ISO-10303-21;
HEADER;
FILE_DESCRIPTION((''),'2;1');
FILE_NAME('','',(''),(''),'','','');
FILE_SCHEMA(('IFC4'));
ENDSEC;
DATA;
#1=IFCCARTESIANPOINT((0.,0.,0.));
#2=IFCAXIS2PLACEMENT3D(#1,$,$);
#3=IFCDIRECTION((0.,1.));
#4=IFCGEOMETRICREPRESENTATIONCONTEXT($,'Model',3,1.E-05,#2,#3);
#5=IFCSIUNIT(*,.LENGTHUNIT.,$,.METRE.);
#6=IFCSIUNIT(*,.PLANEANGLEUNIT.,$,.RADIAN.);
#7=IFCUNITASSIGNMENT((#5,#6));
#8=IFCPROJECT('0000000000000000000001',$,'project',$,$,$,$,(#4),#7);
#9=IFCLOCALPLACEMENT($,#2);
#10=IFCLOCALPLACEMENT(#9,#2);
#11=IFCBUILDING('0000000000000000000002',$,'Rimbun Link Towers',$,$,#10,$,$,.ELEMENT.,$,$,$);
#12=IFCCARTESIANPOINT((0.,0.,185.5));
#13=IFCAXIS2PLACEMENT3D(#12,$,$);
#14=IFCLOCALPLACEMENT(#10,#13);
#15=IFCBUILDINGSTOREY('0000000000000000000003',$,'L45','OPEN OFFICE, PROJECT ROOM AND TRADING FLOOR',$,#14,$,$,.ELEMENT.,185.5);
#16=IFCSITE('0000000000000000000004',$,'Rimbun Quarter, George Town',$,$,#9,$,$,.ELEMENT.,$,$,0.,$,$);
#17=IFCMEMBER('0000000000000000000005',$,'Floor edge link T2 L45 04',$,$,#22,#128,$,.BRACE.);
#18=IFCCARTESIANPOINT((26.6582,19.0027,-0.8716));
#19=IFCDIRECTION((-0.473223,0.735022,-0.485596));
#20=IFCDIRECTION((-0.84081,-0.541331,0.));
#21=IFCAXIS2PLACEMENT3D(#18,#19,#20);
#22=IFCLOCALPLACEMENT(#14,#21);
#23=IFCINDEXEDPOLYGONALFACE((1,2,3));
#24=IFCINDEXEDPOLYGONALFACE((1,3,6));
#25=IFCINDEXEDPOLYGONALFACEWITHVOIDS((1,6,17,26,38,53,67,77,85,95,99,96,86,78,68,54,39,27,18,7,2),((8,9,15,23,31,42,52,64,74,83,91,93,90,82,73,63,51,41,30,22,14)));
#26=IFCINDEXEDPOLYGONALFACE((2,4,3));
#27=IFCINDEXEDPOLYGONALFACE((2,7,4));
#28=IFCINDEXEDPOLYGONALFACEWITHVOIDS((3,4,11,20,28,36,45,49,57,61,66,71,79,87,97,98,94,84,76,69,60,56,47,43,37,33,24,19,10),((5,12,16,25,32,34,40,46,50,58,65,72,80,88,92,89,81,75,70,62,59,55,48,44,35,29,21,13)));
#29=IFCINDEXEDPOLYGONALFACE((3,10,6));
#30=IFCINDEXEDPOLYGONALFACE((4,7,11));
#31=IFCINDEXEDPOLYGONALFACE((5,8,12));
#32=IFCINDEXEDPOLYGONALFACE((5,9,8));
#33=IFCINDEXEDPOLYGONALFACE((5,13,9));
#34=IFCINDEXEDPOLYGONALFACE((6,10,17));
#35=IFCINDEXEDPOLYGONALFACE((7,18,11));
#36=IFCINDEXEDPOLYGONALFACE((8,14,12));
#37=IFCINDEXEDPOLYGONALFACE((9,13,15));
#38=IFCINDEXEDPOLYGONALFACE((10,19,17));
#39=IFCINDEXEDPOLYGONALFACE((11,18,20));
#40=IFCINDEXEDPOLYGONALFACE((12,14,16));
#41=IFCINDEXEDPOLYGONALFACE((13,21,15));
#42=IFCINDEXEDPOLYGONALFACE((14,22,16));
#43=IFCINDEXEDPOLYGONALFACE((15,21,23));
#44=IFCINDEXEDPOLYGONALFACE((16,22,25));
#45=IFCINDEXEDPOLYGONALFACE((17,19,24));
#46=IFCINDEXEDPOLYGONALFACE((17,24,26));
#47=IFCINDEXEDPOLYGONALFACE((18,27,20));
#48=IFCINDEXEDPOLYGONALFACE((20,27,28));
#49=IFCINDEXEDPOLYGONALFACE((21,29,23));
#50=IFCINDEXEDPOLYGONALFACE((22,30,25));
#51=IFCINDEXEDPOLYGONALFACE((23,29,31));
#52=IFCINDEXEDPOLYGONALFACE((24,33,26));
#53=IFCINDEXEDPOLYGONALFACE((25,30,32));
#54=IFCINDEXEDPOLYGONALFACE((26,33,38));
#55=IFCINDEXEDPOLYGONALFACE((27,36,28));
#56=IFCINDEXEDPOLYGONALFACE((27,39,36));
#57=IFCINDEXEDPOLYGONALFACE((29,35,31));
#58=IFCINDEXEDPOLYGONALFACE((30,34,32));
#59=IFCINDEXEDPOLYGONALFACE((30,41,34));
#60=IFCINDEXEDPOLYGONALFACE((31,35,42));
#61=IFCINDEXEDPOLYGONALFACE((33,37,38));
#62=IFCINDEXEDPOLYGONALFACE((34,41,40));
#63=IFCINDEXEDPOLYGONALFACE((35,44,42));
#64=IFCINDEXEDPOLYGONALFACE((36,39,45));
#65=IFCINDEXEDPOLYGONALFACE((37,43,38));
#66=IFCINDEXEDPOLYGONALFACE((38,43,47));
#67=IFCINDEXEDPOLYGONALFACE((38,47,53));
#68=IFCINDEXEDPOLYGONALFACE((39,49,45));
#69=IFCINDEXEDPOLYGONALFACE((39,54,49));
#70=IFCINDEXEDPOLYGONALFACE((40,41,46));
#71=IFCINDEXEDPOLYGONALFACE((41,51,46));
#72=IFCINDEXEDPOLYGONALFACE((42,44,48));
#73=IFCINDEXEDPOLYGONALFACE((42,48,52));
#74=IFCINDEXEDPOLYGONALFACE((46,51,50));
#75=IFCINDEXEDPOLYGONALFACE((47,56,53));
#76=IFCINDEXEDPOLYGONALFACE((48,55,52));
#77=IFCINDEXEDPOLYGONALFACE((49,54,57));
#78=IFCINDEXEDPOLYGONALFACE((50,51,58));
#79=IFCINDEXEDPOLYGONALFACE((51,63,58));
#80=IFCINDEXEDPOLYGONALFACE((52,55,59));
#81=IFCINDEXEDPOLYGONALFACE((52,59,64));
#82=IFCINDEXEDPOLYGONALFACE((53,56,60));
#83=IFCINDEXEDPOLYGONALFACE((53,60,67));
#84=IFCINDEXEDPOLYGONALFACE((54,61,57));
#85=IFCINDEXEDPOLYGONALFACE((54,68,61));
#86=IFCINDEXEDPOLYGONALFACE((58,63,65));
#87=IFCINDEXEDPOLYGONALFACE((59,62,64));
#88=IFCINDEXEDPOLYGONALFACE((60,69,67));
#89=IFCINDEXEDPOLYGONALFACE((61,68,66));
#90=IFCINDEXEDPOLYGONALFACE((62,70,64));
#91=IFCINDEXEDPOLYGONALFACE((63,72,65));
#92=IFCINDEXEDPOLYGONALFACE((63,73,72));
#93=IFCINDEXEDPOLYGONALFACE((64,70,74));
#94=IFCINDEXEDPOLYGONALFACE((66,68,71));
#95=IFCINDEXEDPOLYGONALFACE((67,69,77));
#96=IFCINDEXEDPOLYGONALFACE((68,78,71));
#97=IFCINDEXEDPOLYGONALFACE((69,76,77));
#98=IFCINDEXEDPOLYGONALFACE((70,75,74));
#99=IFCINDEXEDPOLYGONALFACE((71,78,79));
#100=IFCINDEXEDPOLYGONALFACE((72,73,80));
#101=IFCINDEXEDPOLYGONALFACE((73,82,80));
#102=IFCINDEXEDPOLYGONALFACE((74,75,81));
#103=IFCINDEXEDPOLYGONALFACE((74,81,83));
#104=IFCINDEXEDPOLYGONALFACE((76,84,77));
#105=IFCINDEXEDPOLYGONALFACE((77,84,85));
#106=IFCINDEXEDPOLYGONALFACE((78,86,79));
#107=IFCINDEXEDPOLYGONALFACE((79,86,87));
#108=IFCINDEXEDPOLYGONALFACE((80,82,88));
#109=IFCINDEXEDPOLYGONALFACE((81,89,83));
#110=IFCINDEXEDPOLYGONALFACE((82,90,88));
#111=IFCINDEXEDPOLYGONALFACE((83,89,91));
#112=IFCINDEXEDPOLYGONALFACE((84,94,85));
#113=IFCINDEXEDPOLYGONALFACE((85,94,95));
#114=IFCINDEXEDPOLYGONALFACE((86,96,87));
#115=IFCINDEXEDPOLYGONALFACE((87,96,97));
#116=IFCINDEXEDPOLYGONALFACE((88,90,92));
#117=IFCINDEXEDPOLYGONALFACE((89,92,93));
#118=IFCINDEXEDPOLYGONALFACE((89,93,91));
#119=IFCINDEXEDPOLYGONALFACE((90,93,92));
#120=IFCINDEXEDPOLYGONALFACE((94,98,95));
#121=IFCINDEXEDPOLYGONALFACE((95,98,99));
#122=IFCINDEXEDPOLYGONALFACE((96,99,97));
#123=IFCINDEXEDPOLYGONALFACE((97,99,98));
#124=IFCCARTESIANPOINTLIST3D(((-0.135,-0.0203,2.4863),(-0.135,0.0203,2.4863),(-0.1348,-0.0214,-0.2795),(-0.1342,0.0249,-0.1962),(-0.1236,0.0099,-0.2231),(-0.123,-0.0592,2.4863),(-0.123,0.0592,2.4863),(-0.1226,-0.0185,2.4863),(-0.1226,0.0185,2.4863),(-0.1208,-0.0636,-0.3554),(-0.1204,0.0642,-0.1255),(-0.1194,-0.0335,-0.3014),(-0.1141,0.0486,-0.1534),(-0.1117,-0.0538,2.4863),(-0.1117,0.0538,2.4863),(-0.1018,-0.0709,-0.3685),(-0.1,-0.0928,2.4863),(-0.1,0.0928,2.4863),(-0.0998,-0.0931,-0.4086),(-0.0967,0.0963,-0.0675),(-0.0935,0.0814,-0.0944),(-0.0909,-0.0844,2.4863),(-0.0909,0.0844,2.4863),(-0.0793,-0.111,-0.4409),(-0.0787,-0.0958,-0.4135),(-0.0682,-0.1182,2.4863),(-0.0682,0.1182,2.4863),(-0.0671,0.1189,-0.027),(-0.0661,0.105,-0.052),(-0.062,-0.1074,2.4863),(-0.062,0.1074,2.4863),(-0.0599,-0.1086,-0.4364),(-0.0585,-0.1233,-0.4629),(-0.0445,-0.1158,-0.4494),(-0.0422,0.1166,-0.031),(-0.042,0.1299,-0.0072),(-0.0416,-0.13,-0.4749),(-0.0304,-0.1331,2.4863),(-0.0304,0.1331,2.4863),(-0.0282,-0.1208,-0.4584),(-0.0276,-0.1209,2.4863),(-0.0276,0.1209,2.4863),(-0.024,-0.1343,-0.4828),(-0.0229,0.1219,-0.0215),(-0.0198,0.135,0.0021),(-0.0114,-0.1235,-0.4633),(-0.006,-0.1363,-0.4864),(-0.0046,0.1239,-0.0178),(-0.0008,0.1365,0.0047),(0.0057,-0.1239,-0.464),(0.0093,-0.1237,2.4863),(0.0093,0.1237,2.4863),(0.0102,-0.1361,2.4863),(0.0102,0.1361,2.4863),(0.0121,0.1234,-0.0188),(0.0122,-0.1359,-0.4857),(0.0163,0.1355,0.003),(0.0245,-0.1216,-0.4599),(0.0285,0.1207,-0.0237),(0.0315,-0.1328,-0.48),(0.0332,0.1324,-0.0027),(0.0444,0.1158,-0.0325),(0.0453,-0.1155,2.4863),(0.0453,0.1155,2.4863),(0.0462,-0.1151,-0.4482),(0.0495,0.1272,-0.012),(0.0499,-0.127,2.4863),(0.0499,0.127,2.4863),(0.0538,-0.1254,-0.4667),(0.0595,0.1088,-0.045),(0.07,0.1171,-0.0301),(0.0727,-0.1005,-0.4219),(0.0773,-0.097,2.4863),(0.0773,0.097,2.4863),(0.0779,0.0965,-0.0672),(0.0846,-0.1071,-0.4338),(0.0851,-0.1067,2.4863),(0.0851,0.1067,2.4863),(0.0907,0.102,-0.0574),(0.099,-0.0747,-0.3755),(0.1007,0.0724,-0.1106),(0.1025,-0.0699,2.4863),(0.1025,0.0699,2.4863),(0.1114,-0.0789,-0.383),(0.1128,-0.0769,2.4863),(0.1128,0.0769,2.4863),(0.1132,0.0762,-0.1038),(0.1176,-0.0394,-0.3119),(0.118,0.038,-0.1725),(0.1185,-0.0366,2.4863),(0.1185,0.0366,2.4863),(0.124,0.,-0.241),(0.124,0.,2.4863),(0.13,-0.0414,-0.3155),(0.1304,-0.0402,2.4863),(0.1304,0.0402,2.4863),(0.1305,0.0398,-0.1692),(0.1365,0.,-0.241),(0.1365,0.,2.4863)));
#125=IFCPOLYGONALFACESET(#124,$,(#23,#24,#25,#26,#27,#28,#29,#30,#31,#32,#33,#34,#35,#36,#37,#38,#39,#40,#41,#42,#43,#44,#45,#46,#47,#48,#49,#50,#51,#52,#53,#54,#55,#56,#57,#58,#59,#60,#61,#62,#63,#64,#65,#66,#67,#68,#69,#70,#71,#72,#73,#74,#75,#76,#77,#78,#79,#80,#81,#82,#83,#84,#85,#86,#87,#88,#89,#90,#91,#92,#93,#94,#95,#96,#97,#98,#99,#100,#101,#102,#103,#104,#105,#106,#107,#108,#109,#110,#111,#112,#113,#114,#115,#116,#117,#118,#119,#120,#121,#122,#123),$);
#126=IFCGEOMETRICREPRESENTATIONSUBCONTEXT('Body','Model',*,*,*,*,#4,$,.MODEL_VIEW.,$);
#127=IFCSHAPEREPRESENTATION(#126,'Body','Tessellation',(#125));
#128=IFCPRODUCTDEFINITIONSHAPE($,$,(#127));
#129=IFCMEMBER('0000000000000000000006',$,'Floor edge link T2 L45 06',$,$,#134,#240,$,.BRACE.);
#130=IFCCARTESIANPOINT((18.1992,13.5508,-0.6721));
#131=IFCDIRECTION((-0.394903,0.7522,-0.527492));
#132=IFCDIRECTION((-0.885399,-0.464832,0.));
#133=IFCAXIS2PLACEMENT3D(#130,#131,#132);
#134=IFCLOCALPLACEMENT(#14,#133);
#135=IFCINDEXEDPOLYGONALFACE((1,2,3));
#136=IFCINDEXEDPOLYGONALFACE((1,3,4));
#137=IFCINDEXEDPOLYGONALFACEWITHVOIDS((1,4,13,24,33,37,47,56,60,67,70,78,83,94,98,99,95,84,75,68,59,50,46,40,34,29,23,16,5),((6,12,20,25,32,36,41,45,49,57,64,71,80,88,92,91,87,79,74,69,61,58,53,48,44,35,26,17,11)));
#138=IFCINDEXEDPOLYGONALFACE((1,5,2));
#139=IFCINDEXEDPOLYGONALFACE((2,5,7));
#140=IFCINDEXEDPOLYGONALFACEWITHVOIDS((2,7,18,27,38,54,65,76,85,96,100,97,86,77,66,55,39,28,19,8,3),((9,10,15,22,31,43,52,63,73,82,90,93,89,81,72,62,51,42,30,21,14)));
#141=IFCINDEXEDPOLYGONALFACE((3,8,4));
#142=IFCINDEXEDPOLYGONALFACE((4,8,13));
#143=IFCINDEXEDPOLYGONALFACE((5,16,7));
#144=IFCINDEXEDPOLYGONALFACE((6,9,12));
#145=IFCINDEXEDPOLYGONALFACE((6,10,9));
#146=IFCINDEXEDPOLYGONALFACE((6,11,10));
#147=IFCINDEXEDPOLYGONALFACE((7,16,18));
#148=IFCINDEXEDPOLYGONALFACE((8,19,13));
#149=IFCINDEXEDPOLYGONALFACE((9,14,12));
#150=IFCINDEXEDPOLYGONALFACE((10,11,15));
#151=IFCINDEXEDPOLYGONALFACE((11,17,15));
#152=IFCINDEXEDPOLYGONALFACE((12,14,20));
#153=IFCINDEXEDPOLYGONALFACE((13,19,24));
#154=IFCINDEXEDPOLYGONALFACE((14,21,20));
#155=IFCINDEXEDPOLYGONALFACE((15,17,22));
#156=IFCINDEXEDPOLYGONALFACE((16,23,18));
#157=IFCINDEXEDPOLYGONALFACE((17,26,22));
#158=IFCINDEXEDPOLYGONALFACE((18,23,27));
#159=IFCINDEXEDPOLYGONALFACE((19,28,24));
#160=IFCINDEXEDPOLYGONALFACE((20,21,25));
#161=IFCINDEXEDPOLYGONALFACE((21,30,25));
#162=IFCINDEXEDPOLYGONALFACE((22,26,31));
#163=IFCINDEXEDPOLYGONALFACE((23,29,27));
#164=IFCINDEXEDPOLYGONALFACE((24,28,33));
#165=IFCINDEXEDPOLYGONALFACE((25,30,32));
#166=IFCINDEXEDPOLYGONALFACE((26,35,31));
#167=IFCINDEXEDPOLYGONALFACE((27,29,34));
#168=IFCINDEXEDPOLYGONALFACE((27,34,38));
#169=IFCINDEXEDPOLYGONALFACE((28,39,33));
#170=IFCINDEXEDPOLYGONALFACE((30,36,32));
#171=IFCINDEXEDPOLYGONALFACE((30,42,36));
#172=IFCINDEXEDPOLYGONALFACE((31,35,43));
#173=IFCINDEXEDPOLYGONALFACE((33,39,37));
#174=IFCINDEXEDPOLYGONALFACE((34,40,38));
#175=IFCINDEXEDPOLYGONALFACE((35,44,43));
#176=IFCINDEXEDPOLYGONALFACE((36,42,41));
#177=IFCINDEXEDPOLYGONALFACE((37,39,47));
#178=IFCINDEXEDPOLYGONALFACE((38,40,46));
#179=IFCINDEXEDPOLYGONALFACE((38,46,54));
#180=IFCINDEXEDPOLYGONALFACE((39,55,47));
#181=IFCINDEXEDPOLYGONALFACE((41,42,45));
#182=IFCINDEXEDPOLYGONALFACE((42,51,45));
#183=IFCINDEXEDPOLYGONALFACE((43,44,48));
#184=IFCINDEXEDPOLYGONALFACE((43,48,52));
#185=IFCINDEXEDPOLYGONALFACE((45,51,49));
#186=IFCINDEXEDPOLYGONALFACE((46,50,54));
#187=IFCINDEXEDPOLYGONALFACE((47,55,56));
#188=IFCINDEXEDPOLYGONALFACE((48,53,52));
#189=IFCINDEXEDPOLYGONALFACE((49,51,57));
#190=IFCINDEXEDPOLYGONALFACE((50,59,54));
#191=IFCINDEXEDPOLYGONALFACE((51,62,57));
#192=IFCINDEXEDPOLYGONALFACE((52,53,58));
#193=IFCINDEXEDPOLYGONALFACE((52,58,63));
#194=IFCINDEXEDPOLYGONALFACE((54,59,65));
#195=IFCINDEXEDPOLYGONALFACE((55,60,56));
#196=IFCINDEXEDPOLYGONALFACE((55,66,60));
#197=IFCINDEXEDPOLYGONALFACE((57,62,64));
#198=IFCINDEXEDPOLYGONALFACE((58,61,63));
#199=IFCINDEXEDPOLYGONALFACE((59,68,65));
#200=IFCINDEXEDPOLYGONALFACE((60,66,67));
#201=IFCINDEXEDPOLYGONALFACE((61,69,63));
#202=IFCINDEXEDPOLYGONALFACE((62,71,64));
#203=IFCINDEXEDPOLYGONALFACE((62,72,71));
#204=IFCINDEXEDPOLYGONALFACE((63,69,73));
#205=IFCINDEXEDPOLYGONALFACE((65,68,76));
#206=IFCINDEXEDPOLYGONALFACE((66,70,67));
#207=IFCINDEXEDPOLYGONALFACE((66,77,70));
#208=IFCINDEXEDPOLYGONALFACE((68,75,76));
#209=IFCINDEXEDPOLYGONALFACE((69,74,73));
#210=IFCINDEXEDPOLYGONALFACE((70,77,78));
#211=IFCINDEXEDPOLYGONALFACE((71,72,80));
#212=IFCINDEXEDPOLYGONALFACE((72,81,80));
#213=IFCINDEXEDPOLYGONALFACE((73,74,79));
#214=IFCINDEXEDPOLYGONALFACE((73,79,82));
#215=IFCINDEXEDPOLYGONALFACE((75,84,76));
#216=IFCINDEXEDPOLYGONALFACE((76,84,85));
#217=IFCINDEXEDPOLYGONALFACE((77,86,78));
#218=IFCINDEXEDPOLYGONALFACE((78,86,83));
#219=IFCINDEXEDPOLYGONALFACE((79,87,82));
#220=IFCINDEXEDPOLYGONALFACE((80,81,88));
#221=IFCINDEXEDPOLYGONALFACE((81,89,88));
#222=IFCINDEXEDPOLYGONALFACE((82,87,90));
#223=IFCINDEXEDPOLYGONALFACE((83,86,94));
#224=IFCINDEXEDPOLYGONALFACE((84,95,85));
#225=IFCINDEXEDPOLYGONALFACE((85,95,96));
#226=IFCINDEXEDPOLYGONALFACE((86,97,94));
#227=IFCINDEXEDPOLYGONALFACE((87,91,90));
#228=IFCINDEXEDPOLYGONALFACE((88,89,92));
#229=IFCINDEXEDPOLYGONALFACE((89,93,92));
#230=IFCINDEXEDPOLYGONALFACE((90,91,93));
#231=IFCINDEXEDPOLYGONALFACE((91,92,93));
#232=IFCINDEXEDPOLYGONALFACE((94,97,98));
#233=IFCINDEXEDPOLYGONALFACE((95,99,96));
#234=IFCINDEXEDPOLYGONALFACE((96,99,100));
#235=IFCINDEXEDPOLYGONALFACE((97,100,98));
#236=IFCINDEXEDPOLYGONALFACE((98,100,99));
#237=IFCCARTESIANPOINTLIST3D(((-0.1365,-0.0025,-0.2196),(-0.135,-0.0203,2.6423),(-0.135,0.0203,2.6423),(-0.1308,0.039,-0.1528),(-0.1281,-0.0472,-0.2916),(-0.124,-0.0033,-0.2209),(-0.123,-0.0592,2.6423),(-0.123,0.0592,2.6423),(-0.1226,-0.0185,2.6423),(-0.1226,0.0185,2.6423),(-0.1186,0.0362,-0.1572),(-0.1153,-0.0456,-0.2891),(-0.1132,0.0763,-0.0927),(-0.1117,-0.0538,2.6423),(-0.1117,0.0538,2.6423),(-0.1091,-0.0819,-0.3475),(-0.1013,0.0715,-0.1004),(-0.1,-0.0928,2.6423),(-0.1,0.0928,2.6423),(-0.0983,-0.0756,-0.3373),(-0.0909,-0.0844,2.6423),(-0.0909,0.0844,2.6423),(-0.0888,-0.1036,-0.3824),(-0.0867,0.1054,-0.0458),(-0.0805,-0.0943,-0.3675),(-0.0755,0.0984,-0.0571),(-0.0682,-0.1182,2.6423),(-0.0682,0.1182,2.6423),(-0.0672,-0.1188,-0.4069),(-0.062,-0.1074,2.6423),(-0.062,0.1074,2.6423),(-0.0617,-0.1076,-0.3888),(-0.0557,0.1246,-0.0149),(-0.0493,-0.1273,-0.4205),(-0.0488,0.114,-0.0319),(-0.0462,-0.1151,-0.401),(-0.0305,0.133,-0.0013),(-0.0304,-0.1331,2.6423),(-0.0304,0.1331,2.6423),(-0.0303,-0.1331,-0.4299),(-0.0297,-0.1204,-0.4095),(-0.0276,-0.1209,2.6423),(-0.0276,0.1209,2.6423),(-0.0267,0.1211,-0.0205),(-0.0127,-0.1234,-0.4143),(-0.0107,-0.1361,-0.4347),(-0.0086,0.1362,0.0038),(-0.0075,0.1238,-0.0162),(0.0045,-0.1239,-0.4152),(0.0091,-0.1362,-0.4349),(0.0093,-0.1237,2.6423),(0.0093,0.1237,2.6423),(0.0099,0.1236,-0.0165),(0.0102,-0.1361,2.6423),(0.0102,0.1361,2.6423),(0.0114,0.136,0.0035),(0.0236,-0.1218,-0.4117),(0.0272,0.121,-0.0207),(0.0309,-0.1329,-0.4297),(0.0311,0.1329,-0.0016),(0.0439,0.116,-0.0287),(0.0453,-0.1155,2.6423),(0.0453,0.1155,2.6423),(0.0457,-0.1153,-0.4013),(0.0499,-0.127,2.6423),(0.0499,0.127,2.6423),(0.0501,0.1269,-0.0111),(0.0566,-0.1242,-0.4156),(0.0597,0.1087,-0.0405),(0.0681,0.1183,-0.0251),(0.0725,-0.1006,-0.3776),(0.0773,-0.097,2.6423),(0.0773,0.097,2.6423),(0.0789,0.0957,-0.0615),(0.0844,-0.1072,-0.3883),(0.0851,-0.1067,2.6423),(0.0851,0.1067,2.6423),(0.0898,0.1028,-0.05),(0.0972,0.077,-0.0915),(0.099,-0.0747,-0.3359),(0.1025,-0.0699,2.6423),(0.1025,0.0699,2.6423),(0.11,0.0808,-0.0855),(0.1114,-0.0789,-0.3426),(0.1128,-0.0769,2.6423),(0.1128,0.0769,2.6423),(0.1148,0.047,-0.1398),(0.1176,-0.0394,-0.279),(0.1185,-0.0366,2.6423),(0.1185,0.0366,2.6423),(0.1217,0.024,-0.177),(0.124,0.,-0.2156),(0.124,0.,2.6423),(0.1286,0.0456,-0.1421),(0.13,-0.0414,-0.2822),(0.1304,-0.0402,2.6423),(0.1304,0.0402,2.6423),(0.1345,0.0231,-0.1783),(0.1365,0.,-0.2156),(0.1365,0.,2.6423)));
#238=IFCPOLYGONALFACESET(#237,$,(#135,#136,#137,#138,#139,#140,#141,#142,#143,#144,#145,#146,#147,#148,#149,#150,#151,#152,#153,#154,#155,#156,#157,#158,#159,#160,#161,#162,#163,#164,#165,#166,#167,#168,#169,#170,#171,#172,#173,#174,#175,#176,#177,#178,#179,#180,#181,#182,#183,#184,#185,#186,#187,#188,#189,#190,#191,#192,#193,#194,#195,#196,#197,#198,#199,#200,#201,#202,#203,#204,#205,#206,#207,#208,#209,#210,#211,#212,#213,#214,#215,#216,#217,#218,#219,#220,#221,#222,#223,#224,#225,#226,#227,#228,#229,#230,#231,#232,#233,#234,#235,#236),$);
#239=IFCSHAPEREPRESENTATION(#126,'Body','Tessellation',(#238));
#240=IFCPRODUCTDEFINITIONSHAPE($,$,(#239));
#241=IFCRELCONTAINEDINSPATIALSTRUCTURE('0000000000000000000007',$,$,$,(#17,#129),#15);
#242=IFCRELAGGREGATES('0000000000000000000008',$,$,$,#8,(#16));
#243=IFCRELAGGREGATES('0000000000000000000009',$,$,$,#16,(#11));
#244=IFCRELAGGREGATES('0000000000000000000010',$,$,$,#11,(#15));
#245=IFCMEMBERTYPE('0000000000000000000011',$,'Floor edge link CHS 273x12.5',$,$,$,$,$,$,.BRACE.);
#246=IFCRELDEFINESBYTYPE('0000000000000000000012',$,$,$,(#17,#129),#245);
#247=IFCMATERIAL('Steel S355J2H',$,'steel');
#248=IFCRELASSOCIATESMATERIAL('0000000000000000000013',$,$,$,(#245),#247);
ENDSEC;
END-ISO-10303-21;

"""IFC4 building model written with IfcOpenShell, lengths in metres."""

from ifc_helpers import new_model, si_unit, direction, frame, origin, origin_2d, place, context, subcontext, project, spatial, hollow_circle, extrude, clip, halfspace, material, material_profile, profile_set, type_object, element, save


model = new_model("IFC4")

# Units and contexts
model_context = context("Model", 3, precision=1e-05, world=origin(), true_north=direction((0.0, 1.0)))
body_context = subcontext(model_context, "Body", "Model", "MODEL_VIEW")
ifc_project = project(units=[si_unit("LENGTHUNIT", "METRE"), si_unit("PLANEANGLEUNIT", "RADIAN")], contexts=[model_context])

# Site, building, storey
site_placement = place(None, origin())
site = spatial("IfcSite", under=ifc_project, at=site_placement, Name="Rimbun Quarter, George Town", CompositionType="ELEMENT", RefElevation=0.0)
building_placement = place(site_placement, origin())
building = spatial("IfcBuilding", under=site, at=building_placement, Name="Rimbun Link Towers", CompositionType="ELEMENT")
storey_placement = place(building_placement, frame((0.0, 0.0, 185.5)))
storey = spatial("IfcBuildingStorey", under=building, at=storey_placement, Name="L45", Description="OPEN OFFICE, PROJECT ROOM AND TRADING FLOOR", CompositionType="ELEMENT", Elevation=185.5)

# Members
ifc_material_1 = material(Name="Steel S355J2H", Category="steel")
ifc_material_profile_1 = material_profile(ifc_material_1, hollow_circle(Radius=0.1365, WallThickness=0.0125, at=origin_2d()), Name="CHS 273x12.5")
ifc_profile_set_1 = profile_set([ifc_material_profile_1], Name="Steel S355J2H")
member_type_1 = type_object("IfcMemberType", Name="Floor edge link CHS 273x12.5", PredefinedType="BRACE", material=ifc_profile_set_1)
member_1_placement = place(storey_placement, frame((26.6582, 19.0027, -0.8716), z_axis=(-0.473223, 0.735022, -0.485596), x_axis=(-0.84081, -0.541331, 0.0)))
element("IfcMember", 1, at=member_1_placement, inside=storey, type_object=member_type_1, Name="Floor edge link T2 L45 04", PredefinedType="BRACE", context=body_context, shape_type="Clipping", body=[
    clip(extrude(hollow_circle(Radius=0.1365, WallThickness=0.0125, at=origin_2d()), frame((0.0, 0.0, -0.512)), (0.0, 0.0, 1.0), 2.9983), halfspace(frame((0.0, 0.0, -0.241), z_axis=(0.0, 0.874184, -0.485596)), False)),
])
member_2_placement = place(storey_placement, frame((18.1992, 13.5508, -0.6721), z_axis=(-0.394903, 0.7522, -0.527492), x_axis=(-0.885399, -0.464832, 0.0)))
element("IfcMember", 2, at=member_2_placement, inside=storey, type_object=member_type_1, Name="Floor edge link T2 L45 06", PredefinedType="BRACE", context=body_context, shape_type="Clipping", body=[
    clip(extrude(hollow_circle(Radius=0.1365, WallThickness=0.0125, at=origin_2d()), frame((0.0, 0.0, -0.4585)), (0.0, 0.0, 1.0), 3.1008), halfspace(frame((0.0, 0.0, -0.2156), z_axis=(0.0, 0.84956, -0.527492)), False)),
])

save(model, "model.ifc")
